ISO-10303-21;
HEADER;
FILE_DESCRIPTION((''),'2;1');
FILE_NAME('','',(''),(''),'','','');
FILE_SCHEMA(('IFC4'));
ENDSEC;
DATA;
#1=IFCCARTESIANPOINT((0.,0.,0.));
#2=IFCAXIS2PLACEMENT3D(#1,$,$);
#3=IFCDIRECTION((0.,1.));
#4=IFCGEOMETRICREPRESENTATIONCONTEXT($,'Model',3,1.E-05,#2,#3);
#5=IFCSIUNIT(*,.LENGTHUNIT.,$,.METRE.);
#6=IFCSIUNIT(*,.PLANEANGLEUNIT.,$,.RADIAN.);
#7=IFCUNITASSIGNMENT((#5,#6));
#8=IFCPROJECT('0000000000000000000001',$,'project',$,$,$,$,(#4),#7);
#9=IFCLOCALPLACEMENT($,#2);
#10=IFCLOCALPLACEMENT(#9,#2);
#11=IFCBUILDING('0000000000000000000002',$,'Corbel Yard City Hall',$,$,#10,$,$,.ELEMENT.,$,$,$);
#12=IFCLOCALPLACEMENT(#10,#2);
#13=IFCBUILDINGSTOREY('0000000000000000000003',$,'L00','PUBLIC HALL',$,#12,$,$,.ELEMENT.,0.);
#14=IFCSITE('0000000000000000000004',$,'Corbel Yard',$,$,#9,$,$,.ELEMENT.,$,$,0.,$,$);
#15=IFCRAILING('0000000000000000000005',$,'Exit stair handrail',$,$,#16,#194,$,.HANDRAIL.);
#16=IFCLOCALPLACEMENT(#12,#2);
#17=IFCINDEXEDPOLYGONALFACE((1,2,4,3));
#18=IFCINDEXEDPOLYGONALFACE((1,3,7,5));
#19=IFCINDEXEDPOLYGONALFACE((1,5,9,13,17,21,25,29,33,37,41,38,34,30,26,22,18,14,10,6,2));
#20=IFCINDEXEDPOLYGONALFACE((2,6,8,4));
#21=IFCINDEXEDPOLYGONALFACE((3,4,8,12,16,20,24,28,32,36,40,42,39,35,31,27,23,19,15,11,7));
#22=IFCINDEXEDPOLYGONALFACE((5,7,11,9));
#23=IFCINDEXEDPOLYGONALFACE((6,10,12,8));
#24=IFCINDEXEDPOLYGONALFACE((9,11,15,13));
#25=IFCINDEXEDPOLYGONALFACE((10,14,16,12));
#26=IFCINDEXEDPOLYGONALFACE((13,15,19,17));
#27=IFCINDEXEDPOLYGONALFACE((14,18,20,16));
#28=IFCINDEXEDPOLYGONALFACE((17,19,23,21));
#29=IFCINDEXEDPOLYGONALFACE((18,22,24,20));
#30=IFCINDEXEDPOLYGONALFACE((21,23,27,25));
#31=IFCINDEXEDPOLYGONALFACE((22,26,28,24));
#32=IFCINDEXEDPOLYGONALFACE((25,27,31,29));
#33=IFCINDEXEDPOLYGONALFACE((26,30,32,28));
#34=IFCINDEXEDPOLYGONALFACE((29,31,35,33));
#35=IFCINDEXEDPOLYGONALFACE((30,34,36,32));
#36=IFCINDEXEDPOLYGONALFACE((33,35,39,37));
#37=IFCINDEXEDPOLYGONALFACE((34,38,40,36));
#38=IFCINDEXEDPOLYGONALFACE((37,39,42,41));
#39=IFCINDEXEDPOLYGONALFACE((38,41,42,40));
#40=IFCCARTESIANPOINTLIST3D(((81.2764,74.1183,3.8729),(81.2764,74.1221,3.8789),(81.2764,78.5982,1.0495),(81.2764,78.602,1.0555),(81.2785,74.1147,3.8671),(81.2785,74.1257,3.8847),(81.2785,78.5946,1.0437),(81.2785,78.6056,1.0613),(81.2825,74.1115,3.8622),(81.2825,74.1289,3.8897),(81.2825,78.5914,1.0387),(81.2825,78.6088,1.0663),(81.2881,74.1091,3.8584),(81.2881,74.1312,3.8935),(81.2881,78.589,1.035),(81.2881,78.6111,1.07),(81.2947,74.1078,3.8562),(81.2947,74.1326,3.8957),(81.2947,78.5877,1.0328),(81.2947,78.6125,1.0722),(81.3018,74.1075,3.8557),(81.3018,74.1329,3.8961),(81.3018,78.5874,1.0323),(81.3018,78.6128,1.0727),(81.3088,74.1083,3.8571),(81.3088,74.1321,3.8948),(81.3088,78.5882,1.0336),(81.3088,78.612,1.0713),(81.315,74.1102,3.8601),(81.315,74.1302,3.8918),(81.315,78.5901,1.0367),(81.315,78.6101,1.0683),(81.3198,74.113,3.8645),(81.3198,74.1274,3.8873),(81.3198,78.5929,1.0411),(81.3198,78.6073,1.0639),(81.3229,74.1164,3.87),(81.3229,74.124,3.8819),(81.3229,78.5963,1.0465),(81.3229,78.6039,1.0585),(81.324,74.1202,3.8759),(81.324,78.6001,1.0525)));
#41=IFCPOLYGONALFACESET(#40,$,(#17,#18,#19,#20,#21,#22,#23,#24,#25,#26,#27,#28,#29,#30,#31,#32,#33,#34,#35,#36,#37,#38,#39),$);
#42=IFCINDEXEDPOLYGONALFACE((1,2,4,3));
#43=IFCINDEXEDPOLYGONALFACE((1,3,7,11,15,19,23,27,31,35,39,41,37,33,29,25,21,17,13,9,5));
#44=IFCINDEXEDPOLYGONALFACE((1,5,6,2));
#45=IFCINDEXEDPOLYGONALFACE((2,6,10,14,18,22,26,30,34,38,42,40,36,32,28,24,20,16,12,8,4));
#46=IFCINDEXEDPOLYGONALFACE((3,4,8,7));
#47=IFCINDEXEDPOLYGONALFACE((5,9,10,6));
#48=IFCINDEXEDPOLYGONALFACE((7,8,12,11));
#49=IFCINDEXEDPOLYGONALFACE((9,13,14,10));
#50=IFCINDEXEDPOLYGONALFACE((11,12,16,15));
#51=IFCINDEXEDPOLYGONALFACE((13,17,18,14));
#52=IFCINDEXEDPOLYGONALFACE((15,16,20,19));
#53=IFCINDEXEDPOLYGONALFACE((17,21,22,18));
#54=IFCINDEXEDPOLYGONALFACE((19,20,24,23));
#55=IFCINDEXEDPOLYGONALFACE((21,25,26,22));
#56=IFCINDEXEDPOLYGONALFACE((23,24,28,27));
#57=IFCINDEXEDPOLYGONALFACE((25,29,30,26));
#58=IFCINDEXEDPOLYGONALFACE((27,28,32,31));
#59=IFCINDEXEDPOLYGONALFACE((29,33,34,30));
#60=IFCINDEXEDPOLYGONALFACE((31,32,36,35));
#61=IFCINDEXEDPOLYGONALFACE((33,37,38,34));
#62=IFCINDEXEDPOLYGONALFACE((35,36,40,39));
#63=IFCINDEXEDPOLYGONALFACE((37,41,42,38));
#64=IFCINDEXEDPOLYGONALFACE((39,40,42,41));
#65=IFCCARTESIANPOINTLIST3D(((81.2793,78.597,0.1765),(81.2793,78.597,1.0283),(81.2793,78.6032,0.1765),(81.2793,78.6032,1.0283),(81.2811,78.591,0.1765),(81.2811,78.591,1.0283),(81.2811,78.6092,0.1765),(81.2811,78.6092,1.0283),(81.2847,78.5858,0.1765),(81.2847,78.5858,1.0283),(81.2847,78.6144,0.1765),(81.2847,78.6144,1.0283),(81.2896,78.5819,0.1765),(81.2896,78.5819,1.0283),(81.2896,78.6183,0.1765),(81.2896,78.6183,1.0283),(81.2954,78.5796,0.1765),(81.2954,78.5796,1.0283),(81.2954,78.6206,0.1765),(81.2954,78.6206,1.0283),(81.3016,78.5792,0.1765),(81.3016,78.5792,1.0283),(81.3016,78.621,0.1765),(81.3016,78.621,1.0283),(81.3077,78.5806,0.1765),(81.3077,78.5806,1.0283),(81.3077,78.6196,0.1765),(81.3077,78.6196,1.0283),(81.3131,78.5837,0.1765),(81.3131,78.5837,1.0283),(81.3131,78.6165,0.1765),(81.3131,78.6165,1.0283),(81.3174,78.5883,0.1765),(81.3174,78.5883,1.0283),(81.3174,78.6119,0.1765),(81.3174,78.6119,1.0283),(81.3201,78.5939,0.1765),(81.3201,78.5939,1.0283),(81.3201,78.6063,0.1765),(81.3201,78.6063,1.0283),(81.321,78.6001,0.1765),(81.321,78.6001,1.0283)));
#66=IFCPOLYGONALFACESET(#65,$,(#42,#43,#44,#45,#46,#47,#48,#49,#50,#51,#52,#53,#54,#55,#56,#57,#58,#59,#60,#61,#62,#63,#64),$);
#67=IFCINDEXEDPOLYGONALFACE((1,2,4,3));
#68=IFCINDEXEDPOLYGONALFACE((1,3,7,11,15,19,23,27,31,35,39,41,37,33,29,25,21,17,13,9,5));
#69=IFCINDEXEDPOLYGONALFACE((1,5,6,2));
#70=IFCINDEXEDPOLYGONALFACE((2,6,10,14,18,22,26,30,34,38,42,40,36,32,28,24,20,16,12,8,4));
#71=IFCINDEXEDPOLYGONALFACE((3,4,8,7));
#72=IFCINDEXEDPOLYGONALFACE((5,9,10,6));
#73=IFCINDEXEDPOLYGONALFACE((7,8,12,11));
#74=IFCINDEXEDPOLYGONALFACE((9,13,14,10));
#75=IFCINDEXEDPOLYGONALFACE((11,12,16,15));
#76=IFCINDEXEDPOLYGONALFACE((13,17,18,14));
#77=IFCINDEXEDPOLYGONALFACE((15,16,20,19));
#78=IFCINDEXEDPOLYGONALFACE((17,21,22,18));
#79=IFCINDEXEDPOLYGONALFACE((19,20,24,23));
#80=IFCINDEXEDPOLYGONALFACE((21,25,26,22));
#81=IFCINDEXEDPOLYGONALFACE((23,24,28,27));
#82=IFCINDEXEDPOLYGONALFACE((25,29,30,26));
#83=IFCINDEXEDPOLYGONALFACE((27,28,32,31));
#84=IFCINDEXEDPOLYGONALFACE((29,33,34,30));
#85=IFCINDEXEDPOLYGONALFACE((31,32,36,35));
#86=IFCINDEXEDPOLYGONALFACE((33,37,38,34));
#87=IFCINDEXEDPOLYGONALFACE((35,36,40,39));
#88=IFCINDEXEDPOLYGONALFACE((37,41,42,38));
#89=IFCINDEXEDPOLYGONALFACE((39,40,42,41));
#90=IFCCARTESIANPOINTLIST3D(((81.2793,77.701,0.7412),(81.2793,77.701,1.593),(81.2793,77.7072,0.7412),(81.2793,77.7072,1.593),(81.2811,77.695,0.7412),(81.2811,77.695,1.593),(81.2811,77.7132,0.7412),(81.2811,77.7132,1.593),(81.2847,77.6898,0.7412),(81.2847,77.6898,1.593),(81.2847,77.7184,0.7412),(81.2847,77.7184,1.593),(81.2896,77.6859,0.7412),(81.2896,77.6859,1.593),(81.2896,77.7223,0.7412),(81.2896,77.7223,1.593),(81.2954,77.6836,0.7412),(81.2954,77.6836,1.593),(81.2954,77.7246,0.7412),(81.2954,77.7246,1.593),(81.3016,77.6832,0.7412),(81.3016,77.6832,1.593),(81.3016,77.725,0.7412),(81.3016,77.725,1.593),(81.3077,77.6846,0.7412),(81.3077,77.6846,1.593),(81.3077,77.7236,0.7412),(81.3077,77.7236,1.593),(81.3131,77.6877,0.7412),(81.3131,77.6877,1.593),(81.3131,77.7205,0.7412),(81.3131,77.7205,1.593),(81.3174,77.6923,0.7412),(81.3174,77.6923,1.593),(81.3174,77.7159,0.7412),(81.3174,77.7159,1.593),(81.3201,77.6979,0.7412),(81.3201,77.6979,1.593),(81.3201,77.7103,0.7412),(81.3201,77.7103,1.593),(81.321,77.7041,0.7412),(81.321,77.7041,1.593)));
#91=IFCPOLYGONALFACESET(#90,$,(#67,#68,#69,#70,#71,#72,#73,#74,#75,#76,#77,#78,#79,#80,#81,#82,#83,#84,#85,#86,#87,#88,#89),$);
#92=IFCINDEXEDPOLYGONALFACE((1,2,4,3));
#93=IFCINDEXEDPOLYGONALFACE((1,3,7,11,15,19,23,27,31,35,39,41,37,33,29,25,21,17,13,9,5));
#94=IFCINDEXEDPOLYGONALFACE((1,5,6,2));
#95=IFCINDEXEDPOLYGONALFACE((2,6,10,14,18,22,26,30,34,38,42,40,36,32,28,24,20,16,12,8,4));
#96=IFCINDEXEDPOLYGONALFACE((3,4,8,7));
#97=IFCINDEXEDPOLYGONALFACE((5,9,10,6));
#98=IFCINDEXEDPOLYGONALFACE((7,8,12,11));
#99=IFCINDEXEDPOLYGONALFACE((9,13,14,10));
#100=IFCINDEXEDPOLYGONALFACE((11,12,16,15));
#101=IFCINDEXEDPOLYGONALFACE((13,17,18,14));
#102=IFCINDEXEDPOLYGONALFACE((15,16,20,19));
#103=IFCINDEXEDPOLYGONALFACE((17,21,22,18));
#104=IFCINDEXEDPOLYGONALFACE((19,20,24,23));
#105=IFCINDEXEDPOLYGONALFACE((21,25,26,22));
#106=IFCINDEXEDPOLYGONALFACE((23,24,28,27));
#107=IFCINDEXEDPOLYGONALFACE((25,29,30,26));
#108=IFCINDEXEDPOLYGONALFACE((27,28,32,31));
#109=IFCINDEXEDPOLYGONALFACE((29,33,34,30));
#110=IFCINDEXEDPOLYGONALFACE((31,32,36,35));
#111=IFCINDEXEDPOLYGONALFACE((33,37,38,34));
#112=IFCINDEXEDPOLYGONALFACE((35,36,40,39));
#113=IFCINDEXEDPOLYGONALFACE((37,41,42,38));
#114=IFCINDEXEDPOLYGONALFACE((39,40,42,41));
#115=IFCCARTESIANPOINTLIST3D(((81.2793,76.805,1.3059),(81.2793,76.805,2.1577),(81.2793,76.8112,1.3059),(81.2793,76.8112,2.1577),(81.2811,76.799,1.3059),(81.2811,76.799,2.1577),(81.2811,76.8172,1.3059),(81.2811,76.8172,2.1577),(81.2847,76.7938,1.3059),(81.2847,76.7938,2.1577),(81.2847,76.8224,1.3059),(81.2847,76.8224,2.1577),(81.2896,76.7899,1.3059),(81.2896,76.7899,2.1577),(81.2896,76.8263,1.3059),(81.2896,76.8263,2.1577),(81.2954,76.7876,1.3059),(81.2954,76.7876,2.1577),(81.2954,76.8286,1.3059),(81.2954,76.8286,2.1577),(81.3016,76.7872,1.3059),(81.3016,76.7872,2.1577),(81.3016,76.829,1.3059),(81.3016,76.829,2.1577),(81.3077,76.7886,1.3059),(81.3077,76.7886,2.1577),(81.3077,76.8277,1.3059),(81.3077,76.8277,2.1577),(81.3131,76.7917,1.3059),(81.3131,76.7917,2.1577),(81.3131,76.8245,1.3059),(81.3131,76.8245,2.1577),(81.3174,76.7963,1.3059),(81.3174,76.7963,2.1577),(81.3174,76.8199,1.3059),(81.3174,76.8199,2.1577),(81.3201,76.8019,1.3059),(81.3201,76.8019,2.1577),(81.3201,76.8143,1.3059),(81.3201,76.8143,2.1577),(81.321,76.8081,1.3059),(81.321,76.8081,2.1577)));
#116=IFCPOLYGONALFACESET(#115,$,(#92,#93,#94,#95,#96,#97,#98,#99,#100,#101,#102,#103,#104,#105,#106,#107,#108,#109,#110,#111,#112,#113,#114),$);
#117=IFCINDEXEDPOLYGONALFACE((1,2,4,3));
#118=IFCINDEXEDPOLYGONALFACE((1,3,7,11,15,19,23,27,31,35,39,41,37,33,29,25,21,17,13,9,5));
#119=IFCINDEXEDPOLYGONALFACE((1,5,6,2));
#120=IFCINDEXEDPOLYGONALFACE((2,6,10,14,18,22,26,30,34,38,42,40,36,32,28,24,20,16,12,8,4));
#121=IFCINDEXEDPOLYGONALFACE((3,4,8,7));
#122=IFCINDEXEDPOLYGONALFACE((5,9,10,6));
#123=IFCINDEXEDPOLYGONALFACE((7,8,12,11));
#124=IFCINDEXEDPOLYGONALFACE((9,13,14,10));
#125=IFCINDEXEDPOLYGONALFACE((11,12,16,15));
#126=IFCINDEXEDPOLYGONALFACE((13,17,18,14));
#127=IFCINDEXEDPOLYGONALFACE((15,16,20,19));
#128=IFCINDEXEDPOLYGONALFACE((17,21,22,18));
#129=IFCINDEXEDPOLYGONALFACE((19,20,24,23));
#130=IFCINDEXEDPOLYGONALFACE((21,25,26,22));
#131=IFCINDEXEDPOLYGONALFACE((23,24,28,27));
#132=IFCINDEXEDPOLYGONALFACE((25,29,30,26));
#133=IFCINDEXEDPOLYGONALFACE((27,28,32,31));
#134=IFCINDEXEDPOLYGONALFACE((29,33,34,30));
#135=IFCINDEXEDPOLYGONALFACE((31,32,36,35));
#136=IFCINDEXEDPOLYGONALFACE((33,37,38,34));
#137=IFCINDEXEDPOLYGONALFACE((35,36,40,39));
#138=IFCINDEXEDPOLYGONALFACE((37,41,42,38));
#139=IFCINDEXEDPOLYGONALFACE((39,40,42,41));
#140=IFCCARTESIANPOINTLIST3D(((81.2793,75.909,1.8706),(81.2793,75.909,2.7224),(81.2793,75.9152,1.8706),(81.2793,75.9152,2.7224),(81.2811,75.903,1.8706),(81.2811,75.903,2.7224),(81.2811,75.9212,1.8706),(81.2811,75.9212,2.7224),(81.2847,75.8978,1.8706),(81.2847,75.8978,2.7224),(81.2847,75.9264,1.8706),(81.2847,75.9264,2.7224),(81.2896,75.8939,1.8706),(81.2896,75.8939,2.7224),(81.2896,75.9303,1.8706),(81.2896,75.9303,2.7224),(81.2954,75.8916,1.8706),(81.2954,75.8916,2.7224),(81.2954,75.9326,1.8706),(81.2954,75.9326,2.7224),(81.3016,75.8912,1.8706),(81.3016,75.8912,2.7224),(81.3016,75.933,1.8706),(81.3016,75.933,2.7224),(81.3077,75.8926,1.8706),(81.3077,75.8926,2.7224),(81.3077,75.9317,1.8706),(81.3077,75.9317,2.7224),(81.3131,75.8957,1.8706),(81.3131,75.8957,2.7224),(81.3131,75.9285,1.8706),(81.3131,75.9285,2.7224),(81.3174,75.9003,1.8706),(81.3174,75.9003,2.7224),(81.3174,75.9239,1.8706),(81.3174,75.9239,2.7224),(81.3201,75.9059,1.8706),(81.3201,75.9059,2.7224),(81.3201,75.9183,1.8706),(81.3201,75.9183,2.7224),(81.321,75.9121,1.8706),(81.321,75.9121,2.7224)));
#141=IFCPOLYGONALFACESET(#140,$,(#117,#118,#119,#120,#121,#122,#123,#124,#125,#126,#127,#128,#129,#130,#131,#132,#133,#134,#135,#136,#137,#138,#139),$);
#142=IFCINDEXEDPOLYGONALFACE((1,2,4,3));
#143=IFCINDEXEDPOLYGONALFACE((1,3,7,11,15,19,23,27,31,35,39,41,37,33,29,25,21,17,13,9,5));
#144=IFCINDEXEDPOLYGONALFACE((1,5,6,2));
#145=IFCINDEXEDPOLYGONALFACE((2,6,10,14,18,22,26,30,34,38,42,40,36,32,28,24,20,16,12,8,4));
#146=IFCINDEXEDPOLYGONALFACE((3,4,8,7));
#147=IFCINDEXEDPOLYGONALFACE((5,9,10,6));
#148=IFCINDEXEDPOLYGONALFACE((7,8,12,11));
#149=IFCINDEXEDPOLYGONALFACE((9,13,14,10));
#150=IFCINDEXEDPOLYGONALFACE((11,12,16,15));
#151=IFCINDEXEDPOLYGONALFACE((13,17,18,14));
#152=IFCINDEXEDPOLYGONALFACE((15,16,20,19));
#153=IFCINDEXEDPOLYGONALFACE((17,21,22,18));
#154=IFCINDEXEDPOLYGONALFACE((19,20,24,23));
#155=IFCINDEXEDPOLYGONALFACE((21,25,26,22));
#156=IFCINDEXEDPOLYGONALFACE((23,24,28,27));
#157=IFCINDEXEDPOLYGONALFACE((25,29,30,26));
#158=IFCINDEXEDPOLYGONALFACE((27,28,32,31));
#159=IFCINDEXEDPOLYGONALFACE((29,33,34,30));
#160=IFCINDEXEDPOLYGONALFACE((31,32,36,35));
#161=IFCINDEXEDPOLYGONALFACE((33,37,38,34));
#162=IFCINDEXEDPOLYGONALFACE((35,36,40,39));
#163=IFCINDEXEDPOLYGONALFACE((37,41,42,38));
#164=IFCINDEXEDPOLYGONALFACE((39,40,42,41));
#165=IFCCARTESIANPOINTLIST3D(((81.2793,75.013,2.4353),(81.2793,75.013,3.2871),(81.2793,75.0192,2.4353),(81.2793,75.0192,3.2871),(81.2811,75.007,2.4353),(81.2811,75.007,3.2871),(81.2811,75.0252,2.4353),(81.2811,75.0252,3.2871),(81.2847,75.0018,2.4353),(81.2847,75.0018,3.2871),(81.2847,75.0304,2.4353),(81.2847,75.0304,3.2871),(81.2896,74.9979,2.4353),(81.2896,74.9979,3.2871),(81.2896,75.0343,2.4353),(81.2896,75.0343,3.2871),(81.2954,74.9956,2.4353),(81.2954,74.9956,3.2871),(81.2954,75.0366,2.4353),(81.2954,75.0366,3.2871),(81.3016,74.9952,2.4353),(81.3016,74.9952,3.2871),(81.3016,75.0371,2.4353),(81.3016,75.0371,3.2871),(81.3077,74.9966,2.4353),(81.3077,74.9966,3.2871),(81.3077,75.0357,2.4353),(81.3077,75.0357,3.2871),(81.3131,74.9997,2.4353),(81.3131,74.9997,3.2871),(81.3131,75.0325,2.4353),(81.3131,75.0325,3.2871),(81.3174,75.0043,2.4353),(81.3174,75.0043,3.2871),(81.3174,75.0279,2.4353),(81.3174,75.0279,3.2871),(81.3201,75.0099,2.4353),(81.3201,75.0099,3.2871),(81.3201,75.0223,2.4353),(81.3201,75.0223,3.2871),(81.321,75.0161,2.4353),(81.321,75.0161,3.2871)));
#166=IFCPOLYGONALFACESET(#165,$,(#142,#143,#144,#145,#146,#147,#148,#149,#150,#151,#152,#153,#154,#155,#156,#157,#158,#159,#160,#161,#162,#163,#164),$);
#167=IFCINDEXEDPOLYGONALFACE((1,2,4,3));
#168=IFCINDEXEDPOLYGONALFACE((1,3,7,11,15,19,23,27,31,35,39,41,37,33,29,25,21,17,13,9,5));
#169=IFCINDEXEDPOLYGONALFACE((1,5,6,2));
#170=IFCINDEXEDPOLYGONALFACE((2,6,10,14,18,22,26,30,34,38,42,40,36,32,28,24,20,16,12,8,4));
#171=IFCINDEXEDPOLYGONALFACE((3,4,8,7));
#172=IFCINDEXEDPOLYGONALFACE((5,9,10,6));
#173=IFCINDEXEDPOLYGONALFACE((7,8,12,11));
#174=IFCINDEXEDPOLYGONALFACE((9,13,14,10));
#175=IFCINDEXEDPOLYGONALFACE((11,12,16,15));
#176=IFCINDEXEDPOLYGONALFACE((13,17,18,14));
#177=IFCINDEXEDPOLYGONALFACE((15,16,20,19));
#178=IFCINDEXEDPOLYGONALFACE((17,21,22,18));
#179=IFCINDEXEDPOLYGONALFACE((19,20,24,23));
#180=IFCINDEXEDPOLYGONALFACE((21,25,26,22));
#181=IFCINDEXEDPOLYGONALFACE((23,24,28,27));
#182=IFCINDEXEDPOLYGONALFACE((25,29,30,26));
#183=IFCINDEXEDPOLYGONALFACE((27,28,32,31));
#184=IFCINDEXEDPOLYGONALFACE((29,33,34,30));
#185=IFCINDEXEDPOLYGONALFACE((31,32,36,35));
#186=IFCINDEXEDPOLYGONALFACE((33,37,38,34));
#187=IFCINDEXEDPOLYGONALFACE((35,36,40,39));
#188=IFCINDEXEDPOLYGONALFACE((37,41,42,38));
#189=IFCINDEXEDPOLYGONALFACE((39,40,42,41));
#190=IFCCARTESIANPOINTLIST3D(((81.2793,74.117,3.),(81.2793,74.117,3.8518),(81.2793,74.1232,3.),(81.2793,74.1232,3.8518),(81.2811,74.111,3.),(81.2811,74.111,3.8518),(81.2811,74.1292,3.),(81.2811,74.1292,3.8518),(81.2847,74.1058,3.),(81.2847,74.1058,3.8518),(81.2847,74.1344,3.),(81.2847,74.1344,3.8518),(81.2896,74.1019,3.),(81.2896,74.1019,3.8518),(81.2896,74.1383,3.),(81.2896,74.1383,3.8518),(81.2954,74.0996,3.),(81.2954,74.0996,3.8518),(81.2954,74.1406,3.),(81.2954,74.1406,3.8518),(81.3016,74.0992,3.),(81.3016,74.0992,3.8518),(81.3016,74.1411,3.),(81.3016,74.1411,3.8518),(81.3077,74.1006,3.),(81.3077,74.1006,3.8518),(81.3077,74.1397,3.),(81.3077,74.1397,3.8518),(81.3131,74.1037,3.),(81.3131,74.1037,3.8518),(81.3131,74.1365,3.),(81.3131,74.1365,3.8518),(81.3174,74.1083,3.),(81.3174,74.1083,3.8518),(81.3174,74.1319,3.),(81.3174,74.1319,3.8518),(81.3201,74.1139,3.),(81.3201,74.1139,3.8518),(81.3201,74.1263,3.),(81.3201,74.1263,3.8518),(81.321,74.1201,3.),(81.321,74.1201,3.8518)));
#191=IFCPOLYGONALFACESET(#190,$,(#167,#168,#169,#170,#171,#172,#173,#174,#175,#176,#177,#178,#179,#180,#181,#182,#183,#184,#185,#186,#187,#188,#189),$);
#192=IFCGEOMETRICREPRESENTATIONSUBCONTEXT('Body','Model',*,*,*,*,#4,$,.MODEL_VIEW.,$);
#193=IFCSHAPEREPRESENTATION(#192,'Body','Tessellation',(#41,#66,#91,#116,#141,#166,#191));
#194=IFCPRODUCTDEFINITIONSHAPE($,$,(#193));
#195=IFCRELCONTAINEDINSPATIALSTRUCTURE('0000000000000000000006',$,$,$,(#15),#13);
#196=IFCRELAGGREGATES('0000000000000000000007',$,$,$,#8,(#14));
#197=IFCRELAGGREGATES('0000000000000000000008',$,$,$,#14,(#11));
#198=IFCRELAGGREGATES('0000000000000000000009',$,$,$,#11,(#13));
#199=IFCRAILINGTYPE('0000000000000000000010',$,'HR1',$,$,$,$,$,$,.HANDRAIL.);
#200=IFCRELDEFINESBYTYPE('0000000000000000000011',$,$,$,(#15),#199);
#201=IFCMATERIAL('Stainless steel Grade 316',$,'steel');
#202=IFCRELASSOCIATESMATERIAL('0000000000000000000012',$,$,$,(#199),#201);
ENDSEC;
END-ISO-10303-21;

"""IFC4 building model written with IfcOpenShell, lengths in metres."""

from ifc_helpers import new_model, si_unit, direction, frame, origin, origin_2d, place, context, subcontext, project, spatial, circle, extrude, material, type_object, element, save


model = new_model("IFC4")

# Units and contexts
model_context = context("Model", 3, precision=1e-05, world=origin(), true_north=direction((0.0, 1.0)))
body_context = subcontext(model_context, "Body", "Model", "MODEL_VIEW")
ifc_project = project(units=[si_unit("LENGTHUNIT", "METRE"), si_unit("PLANEANGLEUNIT", "RADIAN")], contexts=[model_context])

# Site, building, storey
site_placement = place(None, origin())
site = spatial("IfcSite", under=ifc_project, at=site_placement, Name="Corbel Yard", CompositionType="ELEMENT", RefElevation=0.0)
building_placement = place(site_placement, origin())
building = spatial("IfcBuilding", under=site, at=building_placement, Name="Corbel Yard City Hall", CompositionType="ELEMENT")
storey_placement = place(building_placement, origin())
storey = spatial("IfcBuildingStorey", under=building, at=storey_placement, Name="L00", Description="PUBLIC HALL", CompositionType="ELEMENT", Elevation=0.0)

# Shared definitions
ifc_material_1 = material(Name="Stainless steel Grade 316", Category="steel")

# Railing
railing_type = type_object("IfcRailingType", Name="HR1", PredefinedType="HANDRAIL", material=ifc_material_1)
for number, where, name in (
    (1, (81.3, 78.6001, 0.1765), "Exit stair handrail"),
):
    element("IfcRailing", number, at=place(storey_placement, frame(where)), inside=storey, type_object=railing_type, Name=name, PredefinedType="HANDRAIL", context=body_context, shape_type="SweptSolid", body=[
        extrude(circle(Radius=0.0239, at=origin_2d()), frame((0.0, 0.0, 0.876), z_axis=(0.0, -0.845998, 0.533186), x_axis=(1.0, 0.0, 0.0)), (0.0, 0.0, 1.0), 5.2954),
        extrude(circle(Radius=0.021, at=origin_2d()), origin(), (0.0, 0.0, 1.0), 0.8518),
        extrude(circle(Radius=0.021, at=origin_2d()), frame((0.0, -0.896, 0.5647)), (0.0, 0.0, 1.0), 0.8518),
        extrude(circle(Radius=0.021, at=origin_2d()), frame((0.0, -1.792, 1.1294)), (0.0, 0.0, 1.0), 0.8518),
        extrude(circle(Radius=0.021, at=origin_2d()), frame((0.0, -2.688, 1.6941)), (0.0, 0.0, 1.0), 0.8518),
        extrude(circle(Radius=0.021, at=origin_2d()), frame((0.0, -3.584, 2.2588)), (0.0, 0.0, 1.0), 0.8518),
        extrude(circle(Radius=0.021, at=origin_2d()), frame((0.0, -4.48, 2.8235)), (0.0, 0.0, 1.0), 0.8518),
    ])

save(model, "model.ifc")
